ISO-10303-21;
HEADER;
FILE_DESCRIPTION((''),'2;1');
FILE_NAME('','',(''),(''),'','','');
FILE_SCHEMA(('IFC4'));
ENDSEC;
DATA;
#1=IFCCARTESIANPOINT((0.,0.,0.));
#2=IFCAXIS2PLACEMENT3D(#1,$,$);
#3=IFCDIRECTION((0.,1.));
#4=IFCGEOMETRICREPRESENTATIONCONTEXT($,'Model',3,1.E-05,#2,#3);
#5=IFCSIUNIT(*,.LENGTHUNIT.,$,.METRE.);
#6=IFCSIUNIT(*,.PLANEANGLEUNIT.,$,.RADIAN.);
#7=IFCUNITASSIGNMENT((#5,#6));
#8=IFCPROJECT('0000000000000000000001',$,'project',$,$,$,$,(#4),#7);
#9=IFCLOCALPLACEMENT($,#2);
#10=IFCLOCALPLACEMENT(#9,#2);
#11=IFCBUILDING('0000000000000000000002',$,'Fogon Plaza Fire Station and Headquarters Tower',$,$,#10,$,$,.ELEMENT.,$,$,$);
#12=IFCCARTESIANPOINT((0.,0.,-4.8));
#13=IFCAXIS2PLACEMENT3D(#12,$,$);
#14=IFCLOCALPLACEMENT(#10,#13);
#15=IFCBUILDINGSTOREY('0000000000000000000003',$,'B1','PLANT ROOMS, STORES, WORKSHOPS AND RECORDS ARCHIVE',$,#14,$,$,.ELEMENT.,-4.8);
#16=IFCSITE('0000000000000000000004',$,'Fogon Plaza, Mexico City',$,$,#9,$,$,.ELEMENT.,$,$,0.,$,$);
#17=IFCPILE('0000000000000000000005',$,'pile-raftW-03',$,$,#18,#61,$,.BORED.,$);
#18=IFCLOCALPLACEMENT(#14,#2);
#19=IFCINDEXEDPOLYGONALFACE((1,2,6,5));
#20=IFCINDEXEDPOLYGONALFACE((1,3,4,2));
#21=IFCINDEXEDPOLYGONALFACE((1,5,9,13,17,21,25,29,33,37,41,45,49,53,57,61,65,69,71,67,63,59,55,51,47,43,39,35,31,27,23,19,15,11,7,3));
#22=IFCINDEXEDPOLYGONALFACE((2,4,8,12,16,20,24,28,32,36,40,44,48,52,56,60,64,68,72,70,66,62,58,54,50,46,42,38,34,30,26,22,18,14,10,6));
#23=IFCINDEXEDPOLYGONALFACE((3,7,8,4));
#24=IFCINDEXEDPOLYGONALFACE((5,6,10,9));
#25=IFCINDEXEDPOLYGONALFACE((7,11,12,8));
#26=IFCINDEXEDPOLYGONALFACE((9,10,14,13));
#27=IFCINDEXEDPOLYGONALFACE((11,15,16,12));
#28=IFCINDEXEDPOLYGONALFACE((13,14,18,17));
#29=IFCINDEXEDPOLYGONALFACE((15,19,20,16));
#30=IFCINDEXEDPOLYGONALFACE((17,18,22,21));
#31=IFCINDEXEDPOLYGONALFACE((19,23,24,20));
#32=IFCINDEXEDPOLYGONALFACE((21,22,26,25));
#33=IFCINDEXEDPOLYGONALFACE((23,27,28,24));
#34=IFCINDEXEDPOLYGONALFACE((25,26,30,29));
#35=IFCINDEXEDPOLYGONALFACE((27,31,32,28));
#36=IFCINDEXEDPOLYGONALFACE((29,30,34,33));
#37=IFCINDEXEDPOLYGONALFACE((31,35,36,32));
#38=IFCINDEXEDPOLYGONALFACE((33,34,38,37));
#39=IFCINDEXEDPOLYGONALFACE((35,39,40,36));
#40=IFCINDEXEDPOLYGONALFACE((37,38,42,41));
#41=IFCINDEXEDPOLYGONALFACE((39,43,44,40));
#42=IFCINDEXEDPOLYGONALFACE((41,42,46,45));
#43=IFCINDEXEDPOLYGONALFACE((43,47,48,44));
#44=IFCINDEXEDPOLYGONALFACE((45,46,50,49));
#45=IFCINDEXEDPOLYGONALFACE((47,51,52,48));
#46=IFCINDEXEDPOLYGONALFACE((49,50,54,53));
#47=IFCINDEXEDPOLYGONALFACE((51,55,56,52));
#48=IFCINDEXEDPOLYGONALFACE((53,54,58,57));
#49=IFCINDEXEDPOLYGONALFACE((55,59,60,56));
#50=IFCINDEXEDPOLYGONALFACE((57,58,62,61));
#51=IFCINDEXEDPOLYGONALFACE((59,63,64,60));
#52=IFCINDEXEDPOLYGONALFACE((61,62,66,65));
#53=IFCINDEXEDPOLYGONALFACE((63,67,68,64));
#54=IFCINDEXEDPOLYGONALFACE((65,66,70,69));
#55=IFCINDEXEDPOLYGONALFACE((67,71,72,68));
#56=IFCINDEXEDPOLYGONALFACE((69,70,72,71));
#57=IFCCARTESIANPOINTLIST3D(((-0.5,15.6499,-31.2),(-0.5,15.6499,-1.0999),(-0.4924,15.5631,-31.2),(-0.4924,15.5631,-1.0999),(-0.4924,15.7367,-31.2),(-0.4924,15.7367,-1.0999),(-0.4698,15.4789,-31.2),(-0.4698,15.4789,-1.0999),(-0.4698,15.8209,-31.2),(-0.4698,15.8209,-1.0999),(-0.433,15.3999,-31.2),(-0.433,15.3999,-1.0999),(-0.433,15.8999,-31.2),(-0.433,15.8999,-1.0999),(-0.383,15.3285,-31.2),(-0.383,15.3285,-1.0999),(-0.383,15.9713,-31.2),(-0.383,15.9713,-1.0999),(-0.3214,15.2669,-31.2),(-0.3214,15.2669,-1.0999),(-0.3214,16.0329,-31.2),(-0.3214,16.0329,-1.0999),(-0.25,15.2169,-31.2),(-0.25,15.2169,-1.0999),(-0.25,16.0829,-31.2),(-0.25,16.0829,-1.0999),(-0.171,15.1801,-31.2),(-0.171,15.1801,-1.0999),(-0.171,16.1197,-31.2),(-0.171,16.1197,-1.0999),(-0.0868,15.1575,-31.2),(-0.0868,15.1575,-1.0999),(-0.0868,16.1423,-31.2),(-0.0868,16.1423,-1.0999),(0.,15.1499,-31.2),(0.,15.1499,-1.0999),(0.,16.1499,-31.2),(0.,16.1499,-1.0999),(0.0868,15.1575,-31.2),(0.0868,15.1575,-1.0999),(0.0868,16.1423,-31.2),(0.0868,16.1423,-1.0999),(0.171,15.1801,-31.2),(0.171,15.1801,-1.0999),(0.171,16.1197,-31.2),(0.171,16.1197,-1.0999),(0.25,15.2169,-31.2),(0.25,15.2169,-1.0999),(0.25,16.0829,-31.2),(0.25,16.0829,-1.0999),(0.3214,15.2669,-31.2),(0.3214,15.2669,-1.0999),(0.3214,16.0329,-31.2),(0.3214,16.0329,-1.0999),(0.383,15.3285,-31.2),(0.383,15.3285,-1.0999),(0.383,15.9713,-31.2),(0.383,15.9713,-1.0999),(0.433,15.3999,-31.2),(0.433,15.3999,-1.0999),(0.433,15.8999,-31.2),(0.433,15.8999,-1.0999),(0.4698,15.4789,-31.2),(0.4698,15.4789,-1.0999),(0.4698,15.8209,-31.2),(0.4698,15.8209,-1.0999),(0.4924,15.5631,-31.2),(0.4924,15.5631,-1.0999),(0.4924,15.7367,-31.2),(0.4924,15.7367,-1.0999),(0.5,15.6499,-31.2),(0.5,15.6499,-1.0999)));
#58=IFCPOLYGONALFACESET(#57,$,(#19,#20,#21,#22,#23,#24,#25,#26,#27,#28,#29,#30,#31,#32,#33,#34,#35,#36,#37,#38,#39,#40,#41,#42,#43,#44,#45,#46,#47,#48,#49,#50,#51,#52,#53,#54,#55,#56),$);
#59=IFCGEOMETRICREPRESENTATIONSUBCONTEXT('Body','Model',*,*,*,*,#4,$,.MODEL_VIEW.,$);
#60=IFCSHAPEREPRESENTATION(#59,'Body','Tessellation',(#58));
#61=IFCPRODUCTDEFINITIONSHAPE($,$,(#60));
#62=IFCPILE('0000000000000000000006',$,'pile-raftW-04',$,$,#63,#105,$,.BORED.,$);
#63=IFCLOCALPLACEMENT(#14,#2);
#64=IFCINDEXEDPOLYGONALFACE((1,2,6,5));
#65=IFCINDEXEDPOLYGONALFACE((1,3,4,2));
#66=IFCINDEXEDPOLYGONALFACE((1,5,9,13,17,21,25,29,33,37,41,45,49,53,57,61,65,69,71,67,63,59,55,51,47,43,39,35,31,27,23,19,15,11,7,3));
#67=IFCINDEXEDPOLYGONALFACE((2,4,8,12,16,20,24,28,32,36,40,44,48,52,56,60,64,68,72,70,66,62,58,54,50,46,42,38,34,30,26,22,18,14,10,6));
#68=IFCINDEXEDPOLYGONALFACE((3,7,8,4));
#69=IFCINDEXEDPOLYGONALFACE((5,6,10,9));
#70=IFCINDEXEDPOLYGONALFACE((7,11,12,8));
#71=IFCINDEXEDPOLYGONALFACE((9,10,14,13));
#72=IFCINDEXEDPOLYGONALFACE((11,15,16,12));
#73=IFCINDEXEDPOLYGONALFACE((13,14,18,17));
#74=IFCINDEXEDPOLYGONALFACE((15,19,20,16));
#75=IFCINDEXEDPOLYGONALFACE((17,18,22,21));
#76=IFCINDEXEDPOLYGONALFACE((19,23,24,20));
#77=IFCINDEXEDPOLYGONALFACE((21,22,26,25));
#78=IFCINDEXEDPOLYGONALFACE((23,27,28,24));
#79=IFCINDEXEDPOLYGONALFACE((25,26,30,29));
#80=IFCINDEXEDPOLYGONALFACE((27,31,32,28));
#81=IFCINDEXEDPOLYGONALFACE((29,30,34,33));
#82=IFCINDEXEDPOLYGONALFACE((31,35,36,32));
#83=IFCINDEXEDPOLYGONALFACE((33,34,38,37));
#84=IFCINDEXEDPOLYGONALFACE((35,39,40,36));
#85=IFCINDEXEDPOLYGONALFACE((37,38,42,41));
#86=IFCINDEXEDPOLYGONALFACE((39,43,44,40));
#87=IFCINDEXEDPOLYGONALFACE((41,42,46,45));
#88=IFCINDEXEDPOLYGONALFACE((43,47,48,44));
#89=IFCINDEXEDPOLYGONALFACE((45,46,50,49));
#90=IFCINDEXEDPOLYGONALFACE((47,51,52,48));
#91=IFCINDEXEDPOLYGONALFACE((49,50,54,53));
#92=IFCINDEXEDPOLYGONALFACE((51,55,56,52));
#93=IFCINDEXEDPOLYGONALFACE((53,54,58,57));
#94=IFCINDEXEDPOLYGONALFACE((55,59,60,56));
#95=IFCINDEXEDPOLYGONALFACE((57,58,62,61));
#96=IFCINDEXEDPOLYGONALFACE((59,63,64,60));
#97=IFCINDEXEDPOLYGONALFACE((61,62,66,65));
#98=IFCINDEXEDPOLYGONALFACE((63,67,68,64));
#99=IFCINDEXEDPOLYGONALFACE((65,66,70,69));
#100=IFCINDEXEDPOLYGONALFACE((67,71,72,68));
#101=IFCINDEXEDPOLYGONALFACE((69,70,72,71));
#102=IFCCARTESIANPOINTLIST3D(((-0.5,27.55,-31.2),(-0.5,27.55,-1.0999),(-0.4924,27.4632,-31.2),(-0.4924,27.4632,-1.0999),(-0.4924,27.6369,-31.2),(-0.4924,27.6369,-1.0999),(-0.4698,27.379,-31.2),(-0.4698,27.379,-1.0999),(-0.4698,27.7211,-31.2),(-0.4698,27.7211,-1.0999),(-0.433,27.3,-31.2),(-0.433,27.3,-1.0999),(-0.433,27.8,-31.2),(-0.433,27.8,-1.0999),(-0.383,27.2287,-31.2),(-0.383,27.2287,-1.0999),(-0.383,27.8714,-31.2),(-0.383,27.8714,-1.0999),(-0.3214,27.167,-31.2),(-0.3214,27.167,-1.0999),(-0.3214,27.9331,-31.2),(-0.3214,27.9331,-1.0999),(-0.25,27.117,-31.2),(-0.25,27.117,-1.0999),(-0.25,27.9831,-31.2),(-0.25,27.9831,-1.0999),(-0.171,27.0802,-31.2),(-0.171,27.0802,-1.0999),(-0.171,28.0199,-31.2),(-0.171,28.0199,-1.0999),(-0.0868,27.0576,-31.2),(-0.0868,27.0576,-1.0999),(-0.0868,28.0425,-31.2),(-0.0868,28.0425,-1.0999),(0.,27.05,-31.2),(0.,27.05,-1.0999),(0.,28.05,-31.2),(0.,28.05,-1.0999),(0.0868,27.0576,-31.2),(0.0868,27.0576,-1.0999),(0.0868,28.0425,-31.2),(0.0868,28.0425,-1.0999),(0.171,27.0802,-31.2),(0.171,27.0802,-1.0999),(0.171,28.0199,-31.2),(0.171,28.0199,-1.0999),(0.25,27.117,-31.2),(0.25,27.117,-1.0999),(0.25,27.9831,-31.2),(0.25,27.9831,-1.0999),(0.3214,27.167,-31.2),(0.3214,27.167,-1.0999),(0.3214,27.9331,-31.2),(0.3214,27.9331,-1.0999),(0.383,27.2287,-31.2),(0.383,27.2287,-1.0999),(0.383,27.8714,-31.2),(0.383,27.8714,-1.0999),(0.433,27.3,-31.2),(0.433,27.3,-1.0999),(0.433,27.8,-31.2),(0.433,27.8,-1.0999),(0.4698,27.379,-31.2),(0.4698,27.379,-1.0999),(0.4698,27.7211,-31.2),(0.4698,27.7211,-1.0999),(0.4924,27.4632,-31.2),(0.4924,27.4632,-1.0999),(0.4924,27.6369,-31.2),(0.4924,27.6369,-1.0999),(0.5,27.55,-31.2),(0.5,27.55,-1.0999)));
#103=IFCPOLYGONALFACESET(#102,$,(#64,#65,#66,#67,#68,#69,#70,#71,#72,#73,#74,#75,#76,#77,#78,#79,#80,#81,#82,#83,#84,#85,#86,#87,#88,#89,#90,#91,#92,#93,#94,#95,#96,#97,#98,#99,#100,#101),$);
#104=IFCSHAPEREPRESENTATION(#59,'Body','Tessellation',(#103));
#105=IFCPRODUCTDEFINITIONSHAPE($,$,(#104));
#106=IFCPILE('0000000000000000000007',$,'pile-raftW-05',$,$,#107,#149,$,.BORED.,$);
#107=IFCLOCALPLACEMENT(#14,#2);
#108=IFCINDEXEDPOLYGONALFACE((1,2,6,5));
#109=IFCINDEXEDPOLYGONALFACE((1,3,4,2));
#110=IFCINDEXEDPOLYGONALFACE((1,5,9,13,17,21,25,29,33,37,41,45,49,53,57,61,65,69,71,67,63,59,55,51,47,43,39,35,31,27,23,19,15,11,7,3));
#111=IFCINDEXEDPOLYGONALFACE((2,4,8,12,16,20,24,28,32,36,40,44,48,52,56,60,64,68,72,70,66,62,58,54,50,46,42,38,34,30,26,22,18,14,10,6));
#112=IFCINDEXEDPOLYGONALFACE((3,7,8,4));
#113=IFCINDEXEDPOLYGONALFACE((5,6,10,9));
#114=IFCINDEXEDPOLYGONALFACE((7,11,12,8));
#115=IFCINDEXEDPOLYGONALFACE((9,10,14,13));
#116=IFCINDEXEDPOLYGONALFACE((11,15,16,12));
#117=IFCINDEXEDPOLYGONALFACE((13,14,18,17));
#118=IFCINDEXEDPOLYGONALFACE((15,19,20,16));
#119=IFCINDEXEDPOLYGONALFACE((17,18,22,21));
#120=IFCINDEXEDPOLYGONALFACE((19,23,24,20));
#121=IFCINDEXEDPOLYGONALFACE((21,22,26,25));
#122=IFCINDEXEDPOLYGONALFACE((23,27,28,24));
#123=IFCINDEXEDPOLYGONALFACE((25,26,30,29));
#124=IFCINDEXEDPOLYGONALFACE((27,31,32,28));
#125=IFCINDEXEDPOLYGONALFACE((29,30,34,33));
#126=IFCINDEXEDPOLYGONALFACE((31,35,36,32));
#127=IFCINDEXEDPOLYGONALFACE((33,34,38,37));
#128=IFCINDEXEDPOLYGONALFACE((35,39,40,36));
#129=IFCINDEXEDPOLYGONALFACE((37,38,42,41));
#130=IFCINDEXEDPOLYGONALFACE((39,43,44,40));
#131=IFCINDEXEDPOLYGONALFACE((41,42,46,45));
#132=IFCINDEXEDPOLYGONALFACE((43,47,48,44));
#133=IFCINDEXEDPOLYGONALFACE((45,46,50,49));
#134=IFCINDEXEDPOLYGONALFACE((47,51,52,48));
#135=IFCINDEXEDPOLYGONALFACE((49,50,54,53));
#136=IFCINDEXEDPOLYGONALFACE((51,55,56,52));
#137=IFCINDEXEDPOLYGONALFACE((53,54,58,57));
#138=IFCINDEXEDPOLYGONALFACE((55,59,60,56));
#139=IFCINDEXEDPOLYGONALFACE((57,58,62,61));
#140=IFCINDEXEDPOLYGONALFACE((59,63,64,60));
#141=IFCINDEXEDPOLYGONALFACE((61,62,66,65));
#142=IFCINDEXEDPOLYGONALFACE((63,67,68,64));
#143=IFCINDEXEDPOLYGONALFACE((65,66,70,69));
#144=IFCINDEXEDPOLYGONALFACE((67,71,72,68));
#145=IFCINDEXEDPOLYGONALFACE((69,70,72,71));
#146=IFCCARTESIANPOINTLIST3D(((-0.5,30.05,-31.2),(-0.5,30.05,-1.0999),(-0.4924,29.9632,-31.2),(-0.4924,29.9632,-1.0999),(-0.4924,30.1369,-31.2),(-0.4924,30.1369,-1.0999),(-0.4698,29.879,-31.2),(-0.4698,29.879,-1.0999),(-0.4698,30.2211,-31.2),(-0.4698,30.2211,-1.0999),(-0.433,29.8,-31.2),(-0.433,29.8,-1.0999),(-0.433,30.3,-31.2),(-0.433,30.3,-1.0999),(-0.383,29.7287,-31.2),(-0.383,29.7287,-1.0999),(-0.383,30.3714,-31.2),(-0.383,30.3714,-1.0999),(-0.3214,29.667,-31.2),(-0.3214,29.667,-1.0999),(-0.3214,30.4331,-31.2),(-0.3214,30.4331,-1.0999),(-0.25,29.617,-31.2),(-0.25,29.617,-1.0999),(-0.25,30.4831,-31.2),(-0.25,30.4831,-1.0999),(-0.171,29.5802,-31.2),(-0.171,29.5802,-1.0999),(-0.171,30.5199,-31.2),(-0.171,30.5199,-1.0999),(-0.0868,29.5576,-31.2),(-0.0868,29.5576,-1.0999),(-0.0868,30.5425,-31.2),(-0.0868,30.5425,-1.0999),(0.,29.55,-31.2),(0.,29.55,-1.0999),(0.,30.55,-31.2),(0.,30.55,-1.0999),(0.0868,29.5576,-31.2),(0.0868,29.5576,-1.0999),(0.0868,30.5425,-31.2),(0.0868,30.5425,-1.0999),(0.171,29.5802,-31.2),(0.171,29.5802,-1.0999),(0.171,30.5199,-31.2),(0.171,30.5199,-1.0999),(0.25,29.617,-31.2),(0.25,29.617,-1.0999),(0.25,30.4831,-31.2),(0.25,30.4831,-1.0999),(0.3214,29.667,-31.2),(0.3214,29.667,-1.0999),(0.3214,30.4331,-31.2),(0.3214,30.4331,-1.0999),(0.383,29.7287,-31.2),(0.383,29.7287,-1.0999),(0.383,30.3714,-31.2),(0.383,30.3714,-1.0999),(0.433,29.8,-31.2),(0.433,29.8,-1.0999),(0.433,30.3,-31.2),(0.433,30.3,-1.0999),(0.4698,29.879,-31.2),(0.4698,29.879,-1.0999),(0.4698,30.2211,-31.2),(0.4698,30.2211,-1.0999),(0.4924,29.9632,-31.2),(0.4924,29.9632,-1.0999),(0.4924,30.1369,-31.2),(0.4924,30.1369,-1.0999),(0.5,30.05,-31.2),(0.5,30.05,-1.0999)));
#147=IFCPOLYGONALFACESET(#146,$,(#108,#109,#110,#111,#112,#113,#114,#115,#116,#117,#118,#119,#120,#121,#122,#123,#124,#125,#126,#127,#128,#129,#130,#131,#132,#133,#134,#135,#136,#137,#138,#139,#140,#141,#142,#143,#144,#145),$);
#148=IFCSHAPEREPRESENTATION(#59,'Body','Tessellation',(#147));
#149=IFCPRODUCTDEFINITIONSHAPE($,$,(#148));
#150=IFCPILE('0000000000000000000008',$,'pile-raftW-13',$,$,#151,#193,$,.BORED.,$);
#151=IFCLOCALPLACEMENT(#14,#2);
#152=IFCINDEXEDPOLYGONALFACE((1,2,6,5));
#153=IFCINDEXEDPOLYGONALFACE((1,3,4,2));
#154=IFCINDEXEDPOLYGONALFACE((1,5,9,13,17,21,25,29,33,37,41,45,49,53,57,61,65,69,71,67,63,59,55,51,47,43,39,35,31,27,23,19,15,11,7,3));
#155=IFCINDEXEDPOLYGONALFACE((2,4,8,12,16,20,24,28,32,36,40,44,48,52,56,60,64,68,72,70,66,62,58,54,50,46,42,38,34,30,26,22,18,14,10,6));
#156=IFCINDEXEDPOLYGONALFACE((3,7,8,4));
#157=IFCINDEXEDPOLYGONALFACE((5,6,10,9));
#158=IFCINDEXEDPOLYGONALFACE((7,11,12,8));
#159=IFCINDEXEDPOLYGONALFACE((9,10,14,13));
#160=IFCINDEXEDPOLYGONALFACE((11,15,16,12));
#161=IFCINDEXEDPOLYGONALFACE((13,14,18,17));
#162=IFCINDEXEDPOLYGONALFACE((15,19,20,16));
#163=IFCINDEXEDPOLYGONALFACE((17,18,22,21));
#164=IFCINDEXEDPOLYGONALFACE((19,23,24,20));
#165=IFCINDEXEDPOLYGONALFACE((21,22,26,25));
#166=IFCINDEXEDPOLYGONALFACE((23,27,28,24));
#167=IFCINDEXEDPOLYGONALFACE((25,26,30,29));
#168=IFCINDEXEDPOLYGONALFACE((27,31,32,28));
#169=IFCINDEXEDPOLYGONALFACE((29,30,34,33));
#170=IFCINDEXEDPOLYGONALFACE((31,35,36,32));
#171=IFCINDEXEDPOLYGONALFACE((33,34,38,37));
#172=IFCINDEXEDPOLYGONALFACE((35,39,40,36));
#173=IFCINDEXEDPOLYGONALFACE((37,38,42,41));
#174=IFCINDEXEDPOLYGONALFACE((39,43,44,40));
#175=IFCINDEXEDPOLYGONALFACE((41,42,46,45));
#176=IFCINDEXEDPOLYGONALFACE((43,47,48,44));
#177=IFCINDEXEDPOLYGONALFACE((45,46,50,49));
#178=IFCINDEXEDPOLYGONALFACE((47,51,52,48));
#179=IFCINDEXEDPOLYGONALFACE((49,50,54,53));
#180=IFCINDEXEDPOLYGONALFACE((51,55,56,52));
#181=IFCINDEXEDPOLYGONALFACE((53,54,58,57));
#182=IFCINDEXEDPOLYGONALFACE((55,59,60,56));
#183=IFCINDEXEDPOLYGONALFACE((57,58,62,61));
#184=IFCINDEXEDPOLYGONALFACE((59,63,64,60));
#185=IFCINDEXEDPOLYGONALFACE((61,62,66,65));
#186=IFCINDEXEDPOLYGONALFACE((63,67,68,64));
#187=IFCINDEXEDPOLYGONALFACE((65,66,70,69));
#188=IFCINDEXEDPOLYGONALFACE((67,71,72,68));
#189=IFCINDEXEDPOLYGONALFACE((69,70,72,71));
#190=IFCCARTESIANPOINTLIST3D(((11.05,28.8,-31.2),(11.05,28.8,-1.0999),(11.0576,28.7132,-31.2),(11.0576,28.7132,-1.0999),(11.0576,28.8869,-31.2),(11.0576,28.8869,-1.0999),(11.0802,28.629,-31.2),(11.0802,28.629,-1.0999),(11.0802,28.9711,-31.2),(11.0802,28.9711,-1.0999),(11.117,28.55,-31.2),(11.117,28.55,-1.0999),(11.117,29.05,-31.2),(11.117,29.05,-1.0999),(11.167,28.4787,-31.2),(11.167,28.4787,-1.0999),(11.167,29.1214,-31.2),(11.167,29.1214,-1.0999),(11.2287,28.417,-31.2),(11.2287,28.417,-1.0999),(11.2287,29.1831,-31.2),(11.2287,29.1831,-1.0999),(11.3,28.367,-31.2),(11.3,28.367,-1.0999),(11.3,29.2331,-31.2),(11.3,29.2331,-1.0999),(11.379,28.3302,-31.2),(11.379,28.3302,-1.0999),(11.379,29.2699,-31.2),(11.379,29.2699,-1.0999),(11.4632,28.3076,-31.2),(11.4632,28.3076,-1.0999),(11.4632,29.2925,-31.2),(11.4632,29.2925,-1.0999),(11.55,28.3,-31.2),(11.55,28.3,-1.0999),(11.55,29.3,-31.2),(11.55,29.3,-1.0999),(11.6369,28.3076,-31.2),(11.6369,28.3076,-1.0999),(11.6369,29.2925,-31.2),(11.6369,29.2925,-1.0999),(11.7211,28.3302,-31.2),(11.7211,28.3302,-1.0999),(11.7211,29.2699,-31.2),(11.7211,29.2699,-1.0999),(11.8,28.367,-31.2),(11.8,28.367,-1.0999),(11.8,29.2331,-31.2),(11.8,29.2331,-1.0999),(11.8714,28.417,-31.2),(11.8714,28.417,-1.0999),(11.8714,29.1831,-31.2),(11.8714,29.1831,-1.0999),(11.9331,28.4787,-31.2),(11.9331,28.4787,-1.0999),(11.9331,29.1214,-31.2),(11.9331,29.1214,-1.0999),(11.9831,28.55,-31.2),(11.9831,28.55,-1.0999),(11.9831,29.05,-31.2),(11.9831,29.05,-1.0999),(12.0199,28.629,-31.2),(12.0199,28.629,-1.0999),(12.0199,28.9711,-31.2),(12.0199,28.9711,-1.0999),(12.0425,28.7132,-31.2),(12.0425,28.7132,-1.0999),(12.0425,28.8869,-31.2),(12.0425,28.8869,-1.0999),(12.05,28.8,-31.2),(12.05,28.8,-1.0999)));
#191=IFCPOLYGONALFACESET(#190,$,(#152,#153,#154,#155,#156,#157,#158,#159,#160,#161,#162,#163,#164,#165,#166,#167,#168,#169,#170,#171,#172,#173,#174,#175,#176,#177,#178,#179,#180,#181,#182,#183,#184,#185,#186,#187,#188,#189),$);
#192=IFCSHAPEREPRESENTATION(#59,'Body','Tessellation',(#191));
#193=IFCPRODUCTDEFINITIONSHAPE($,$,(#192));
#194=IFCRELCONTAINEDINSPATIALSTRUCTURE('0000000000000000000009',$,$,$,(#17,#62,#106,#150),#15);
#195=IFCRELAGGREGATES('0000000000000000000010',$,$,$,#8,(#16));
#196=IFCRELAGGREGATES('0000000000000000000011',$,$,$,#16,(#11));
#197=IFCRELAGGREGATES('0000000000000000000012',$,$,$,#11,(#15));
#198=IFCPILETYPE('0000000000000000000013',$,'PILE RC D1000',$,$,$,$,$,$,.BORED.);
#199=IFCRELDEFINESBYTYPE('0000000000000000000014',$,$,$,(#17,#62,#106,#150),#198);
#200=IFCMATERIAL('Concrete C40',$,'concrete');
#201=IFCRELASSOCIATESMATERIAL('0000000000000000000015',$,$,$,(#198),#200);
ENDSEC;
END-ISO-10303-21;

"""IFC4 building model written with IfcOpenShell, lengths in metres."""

from ifc_helpers import new_model, si_unit, direction, frame, origin, origin_2d, place, context, subcontext, project, spatial, circle, extrude, material, material_profile, profile_set, type_object, element, save


model = new_model("IFC4")

# Units and contexts
model_context = context("Model", 3, precision=1e-05, world=origin(), true_north=direction((0.0, 1.0)))
body_context = subcontext(model_context, "Body", "Model", "MODEL_VIEW")
ifc_project = project(units=[si_unit("LENGTHUNIT", "METRE"), si_unit("PLANEANGLEUNIT", "RADIAN")], contexts=[model_context])

# Site, building, storey
site_placement = place(None, origin())
site = spatial("IfcSite", under=ifc_project, at=site_placement, Name="Fogon Plaza, Mexico City", CompositionType="ELEMENT", RefElevation=0.0)
building_placement = place(site_placement, origin())
building = spatial("IfcBuilding", under=site, at=building_placement, Name="Fogon Plaza Fire Station and Headquarters Tower", CompositionType="ELEMENT")
storey_placement = place(building_placement, frame((0.0, 0.0, -4.8)))
storey = spatial("IfcBuildingStorey", under=building, at=storey_placement, Name="B1", Description="PLANT ROOMS, STORES, WORKSHOPS AND RECORDS ARCHIVE", CompositionType="ELEMENT", Elevation=-4.8)

# Piles
ifc_material_1 = material(Name="Concrete C40", Category="concrete")
ifc_material_profile_1 = material_profile(ifc_material_1, circle(Radius=0.5, at=origin_2d()), Name="RC D1000")
ifc_profile_set_1 = profile_set([ifc_material_profile_1], Name="Concrete C40")
pile_type = type_object("IfcPileType", Name="PILE RC D1000", PredefinedType="BORED", material=ifc_profile_set_1)
for number, where, z_axis, x_axis, name in (
    (1, (0.0, 15.6499, -1.0999), (0.0, 0.0, -1.0), (1.0, 0.0, 0.0), "pile-raftW-03"),
    (2, (0.0, 27.55, -1.0999), (0.0, 0.0, -1.0), (1.0, 0.0, 0.0), "pile-raftW-04"),
    (3, (0.0, 30.05, -1.0999), (0.0, 0.0, -1.0), (1.0, 0.0, 0.0), "pile-raftW-05"),
    (4, (11.55, 28.8, -1.0999), (0.0, 0.0, -1.0), (1.0, 0.0, 0.0), "pile-raftW-13"),
):
    element("IfcPile", number, at=place(storey_placement, frame(where, z_axis=z_axis, x_axis=x_axis)), inside=storey, type_object=pile_type, Name=name, PredefinedType="BORED", context=body_context, shape_type="SweptSolid", body=[
        extrude(circle(Radius=0.5, at=origin_2d()), origin(), (0.0, 0.0, 1.0), 30.1001),
    ])

save(model, "model.ifc")
